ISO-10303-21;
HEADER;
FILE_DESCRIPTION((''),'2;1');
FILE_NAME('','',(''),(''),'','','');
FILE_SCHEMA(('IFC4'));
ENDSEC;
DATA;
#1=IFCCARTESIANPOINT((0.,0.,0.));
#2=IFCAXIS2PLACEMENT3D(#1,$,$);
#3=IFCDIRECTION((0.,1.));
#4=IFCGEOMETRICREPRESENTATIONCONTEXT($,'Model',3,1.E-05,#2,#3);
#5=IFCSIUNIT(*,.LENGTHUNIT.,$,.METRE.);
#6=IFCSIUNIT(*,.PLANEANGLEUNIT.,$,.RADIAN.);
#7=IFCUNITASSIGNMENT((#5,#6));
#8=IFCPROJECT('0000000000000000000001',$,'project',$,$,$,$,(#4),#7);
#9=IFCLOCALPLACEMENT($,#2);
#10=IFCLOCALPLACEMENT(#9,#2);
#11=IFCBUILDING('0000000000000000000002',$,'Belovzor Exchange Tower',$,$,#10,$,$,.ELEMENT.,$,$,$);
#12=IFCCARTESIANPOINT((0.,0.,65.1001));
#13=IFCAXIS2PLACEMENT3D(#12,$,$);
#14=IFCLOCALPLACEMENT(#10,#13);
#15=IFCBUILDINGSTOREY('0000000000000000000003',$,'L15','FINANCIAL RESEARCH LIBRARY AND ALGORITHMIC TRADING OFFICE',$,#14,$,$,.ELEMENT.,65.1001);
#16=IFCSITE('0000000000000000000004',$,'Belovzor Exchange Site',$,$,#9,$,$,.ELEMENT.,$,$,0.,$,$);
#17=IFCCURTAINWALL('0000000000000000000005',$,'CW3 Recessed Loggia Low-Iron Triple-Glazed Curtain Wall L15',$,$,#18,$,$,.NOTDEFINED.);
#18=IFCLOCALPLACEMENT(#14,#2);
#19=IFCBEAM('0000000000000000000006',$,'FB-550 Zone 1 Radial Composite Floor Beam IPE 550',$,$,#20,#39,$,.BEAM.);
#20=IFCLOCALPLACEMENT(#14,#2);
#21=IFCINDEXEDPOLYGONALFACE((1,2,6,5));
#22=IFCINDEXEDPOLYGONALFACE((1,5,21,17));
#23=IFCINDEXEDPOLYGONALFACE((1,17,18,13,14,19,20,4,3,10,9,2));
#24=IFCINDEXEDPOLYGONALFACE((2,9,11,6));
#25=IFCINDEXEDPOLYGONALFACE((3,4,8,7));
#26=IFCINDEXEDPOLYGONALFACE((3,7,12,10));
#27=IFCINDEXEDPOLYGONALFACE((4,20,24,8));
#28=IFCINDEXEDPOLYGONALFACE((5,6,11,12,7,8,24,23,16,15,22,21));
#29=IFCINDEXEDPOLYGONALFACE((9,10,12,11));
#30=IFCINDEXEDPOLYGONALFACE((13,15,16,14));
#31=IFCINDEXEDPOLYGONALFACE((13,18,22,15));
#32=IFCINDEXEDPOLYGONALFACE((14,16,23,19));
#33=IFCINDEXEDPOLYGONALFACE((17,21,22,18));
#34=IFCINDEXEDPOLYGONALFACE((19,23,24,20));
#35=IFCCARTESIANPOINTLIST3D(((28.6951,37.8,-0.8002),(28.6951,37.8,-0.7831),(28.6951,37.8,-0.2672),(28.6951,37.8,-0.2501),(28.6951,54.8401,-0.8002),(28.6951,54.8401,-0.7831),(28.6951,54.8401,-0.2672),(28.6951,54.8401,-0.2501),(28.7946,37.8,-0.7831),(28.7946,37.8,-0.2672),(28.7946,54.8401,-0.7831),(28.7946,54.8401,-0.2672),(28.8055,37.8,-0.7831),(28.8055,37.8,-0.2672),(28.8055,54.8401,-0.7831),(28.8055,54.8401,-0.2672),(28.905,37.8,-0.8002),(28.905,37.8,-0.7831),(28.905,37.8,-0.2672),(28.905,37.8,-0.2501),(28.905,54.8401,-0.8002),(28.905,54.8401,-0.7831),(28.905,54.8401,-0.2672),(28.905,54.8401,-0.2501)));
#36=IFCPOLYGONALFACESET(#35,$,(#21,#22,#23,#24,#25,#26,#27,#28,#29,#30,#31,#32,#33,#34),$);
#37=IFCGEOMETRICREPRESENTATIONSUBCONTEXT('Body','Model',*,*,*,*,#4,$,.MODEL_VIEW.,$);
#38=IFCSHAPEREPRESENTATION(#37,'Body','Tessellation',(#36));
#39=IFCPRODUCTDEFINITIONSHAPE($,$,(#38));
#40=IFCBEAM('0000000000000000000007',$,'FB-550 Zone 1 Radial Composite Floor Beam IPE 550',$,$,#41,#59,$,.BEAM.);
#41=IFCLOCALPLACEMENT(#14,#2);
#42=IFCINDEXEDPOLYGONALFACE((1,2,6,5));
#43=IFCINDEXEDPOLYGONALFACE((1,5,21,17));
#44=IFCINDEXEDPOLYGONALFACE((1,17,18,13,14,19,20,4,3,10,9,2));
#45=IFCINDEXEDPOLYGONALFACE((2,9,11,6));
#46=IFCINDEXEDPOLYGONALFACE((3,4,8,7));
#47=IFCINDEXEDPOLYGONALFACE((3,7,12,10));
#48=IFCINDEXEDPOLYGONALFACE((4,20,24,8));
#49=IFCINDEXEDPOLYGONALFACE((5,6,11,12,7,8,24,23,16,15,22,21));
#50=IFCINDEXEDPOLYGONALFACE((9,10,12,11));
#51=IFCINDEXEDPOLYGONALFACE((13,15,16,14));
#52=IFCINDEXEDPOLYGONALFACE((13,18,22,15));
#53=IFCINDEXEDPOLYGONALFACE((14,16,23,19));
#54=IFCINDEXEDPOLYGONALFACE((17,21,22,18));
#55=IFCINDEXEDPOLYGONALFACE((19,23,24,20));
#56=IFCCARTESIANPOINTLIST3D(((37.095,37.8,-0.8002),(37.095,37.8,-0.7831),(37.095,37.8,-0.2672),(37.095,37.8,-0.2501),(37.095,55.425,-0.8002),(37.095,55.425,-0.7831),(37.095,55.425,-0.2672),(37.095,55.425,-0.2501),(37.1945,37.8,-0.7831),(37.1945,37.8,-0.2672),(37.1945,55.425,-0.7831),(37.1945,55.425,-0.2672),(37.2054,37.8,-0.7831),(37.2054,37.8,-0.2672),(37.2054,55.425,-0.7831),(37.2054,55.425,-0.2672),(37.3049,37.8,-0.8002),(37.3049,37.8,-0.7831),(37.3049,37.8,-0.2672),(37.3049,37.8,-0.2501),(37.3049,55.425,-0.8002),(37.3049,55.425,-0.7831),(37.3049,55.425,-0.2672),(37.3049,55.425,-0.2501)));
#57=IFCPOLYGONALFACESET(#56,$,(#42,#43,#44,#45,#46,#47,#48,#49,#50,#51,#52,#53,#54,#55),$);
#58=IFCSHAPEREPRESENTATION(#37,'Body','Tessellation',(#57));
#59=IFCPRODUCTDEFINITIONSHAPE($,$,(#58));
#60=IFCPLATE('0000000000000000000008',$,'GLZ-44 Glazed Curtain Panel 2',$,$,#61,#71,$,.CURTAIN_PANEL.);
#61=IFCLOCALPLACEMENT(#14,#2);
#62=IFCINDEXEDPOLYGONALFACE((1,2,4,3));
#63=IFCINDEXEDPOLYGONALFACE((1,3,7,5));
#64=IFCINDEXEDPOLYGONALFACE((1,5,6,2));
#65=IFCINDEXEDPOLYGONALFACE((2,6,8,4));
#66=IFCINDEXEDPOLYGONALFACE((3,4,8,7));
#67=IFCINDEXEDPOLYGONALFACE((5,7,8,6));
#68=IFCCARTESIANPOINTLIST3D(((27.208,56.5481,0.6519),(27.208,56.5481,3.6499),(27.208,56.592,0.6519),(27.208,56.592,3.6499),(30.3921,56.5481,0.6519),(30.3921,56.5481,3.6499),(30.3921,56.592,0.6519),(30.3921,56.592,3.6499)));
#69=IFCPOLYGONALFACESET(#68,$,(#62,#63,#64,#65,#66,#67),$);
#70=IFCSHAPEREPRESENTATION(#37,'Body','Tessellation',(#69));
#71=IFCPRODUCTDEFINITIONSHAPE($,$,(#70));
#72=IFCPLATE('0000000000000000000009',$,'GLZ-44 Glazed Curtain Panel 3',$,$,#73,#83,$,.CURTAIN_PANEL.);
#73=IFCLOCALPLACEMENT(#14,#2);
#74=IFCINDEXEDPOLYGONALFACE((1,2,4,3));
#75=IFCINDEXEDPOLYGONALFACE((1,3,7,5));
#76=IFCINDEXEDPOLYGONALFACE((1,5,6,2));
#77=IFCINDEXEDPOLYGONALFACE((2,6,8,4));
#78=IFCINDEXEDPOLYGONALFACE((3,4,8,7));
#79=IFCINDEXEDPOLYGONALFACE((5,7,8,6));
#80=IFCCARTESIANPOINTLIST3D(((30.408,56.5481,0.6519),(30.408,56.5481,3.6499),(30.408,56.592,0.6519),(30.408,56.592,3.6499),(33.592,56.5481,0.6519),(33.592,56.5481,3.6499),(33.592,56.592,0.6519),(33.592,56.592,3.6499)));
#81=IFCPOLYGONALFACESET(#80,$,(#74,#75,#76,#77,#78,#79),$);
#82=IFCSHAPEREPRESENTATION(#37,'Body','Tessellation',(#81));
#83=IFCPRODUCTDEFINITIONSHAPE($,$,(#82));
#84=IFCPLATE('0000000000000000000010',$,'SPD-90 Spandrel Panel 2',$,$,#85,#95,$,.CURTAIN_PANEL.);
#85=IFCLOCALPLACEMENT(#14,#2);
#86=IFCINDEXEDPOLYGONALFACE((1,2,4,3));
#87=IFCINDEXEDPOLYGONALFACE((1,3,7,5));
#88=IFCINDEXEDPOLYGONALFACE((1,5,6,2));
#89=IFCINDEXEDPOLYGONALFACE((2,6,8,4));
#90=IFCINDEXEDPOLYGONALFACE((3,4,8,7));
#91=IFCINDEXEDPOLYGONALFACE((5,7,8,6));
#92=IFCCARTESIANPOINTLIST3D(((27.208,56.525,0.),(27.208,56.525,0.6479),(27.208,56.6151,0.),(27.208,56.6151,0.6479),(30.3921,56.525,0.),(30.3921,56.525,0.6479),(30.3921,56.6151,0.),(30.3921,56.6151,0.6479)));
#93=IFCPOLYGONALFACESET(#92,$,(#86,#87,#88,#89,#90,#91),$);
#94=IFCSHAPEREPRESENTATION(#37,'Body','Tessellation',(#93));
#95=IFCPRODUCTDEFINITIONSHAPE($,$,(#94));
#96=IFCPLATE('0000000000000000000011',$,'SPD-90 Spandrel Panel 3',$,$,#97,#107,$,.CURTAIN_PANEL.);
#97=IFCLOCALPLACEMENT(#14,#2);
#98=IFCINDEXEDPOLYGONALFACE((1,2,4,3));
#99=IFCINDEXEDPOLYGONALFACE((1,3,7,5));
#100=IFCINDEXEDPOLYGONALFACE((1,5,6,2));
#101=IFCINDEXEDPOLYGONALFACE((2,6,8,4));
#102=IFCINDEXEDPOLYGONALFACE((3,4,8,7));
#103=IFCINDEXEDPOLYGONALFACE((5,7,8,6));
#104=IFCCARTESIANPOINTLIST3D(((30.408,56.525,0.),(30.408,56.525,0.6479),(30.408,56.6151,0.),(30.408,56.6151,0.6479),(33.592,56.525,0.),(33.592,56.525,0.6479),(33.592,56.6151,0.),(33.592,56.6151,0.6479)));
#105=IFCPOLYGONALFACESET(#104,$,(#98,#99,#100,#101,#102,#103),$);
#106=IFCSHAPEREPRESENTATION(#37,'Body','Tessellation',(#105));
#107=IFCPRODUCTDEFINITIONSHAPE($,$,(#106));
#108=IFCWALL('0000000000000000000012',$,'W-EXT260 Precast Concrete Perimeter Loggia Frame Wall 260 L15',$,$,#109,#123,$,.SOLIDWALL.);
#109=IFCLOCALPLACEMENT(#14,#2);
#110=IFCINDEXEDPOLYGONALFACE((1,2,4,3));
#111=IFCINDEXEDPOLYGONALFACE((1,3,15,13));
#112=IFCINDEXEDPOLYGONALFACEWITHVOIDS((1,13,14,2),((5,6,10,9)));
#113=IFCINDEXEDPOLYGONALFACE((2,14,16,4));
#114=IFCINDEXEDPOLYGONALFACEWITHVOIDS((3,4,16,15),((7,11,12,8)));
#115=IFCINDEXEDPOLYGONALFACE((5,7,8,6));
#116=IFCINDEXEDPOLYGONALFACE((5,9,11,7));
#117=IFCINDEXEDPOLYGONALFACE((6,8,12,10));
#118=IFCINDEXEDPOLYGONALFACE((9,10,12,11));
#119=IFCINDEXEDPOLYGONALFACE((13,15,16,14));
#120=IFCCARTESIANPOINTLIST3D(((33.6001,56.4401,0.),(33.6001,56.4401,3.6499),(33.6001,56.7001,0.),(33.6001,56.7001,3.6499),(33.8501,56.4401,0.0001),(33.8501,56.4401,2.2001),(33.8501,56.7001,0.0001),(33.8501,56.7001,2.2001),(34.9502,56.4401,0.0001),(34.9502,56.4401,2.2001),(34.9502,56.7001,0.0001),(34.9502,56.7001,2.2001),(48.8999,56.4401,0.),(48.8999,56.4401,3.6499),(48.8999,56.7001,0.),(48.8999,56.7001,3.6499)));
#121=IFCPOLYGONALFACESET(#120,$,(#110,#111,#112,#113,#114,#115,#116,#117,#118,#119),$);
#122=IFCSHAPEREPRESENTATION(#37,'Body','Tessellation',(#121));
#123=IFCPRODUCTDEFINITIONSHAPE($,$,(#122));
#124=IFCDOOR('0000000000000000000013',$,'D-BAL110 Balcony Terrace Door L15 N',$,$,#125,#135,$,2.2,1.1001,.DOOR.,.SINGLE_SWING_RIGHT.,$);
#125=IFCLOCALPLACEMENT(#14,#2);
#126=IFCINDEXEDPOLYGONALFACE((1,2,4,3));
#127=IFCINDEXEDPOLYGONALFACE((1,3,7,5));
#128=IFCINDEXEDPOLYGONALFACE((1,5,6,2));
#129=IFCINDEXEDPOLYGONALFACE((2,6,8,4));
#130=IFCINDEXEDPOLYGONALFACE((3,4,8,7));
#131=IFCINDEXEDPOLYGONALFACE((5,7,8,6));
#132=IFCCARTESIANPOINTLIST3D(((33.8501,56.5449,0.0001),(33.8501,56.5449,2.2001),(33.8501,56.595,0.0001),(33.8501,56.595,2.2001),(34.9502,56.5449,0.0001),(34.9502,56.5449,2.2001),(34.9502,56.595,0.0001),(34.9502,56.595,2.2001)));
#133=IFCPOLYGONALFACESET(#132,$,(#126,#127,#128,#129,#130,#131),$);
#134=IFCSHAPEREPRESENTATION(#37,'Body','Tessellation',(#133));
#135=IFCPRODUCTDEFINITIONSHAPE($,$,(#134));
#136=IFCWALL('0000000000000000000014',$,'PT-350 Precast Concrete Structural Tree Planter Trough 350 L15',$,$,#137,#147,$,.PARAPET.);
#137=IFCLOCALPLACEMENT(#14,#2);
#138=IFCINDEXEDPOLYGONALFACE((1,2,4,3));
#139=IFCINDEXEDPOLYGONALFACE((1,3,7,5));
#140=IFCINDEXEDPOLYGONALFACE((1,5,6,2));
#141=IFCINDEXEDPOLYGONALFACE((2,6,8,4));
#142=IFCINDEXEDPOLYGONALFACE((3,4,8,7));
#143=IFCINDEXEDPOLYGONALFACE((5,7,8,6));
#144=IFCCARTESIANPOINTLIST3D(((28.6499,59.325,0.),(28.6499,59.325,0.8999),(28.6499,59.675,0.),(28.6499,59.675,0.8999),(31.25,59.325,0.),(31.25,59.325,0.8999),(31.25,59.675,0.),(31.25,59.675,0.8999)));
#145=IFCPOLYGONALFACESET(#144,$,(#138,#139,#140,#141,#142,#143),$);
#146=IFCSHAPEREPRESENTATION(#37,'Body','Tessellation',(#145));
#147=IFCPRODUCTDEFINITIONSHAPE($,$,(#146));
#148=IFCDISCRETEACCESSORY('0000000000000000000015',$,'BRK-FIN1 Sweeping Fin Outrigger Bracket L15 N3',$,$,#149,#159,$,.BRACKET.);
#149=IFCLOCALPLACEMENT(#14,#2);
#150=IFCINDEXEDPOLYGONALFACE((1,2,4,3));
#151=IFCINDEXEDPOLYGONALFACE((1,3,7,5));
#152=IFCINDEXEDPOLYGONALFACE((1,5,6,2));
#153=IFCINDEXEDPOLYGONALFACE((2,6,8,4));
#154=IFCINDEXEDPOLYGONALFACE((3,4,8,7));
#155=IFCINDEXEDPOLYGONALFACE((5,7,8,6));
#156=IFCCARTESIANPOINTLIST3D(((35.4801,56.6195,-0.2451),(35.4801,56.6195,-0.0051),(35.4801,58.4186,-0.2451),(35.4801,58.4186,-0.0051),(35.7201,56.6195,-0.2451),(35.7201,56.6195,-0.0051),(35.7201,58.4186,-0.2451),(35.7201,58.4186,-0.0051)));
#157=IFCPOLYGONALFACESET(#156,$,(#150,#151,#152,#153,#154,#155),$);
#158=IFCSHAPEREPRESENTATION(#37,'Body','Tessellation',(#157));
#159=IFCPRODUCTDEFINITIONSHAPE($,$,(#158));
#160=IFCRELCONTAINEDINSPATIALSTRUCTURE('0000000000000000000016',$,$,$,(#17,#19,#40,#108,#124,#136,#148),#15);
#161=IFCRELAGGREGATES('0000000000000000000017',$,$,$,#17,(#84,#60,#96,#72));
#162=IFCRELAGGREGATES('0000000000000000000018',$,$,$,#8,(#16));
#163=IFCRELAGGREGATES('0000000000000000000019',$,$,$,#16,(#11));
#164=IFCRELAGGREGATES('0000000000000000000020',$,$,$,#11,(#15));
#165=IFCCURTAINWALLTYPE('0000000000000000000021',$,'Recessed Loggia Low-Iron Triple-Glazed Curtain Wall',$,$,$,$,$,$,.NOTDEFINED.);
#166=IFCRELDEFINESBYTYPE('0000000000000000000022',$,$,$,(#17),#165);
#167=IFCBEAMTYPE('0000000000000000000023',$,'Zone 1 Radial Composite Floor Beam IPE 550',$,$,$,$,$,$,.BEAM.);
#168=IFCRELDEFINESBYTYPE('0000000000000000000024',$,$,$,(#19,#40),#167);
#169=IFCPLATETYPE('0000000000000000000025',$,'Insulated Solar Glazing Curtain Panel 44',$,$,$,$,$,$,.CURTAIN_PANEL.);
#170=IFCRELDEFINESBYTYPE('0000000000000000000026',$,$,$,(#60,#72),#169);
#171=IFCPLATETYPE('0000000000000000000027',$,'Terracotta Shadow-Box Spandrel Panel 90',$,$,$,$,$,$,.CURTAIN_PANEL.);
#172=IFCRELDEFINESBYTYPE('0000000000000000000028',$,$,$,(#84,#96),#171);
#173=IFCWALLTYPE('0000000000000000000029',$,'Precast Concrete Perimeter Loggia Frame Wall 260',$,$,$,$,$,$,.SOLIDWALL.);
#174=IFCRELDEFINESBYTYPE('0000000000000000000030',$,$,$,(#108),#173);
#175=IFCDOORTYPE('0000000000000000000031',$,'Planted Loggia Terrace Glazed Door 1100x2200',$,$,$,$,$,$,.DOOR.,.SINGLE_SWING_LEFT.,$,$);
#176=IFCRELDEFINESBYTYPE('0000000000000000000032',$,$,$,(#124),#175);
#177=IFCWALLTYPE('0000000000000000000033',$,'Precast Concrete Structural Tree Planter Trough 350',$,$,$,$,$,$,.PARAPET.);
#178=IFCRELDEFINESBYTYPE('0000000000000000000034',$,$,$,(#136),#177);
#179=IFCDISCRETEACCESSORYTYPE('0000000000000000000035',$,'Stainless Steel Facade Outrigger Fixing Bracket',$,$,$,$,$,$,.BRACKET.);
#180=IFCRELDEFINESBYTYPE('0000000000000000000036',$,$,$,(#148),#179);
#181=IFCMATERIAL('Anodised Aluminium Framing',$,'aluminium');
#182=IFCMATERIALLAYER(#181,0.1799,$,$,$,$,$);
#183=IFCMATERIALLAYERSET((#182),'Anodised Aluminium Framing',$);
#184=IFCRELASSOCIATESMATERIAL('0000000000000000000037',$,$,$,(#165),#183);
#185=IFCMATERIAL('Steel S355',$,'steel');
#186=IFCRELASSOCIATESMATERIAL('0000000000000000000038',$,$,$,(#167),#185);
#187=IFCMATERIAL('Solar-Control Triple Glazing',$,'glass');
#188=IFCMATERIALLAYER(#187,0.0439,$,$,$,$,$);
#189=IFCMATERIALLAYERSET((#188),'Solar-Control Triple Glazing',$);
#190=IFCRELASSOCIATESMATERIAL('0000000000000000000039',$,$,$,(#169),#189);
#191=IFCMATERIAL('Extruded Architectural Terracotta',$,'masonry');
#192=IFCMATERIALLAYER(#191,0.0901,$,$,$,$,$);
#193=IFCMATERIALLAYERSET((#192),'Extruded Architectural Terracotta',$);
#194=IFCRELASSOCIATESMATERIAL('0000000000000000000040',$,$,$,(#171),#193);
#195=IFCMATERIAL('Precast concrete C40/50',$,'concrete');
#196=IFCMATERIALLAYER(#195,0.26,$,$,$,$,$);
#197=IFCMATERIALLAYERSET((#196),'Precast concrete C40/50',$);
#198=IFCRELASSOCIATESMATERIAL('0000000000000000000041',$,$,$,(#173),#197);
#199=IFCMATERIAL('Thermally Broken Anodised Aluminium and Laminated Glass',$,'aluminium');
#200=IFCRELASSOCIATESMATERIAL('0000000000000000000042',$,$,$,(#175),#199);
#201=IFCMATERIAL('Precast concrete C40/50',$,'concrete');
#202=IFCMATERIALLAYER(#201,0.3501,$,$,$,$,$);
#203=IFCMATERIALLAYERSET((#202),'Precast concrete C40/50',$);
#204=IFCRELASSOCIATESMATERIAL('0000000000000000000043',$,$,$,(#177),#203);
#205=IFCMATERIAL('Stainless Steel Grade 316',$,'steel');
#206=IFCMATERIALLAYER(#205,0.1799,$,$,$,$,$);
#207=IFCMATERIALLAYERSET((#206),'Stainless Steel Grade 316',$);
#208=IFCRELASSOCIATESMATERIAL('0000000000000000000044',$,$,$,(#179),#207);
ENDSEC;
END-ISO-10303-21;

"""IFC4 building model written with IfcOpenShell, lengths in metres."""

from ifc_helpers import new_model, si_unit, direction, frame, frame_2d, origin, origin_2d, place, context, subcontext, project, spatial, rectangle, i_section, extrude, material, layer, layer_set, material_profile, profile_set, type_object, element, fill, aggregate, save


model = new_model("IFC4")

# Units and contexts
model_context = context("Model", 3, precision=1e-05, world=origin(), true_north=direction((0.0, 1.0)))
body_context = subcontext(model_context, "Body", "Model", "MODEL_VIEW")
ifc_project = project(units=[si_unit("LENGTHUNIT", "METRE"), si_unit("PLANEANGLEUNIT", "RADIAN")], contexts=[model_context])

# Site, building, storey
site_placement = place(None, origin())
site = spatial("IfcSite", under=ifc_project, at=site_placement, Name="Belovzor Exchange Site", CompositionType="ELEMENT", RefElevation=0.0)
building_placement = place(site_placement, origin())
building = spatial("IfcBuilding", under=site, at=building_placement, Name="Belovzor Exchange Tower", CompositionType="ELEMENT")
storey_placement = place(building_placement, frame((0.0, 0.0, 65.1001)))
storey = spatial("IfcBuildingStorey", under=building, at=storey_placement, Name="L15", Description="FINANCIAL RESEARCH LIBRARY AND ALGORITHMIC TRADING OFFICE", CompositionType="ELEMENT", Elevation=65.1001)

# Curtain wall
ifc_material_1 = material(Name="Anodised Aluminium Framing", Category="aluminium")
ifc_layer_1 = layer(ifc_material_1, 0.1799)
ifc_layer_set_1 = layer_set([ifc_layer_1], Name="Anodised Aluminium Framing")
curtain_wall_type = type_object("IfcCurtainWallType", Name="Recessed Loggia Low-Iron Triple-Glazed Curtain Wall", PredefinedType="NOTDEFINED", material=ifc_layer_set_1)
curtain_wall_placement = place(storey_placement, origin())
curtain_wall = element("IfcCurtainWall", 1, at=curtain_wall_placement, inside=storey, type_object=curtain_wall_type, Name="CW3 Recessed Loggia Low-Iron Triple-Glazed Curtain Wall L15", PredefinedType="NOTDEFINED")

# Beams
ifc_material_2 = material(Name="Steel S355", Category="steel")
ifc_material_profile_1 = material_profile(ifc_material_2, i_section(OverallWidth=0.21, OverallDepth=0.55, WebThickness=0.011, FlangeThickness=0.0171, at=origin_2d()))
ifc_profile_set_1 = profile_set([ifc_material_profile_1], Name="Steel S355")
beam_type_1 = type_object("IfcBeamType", Name="Zone 1 Radial Composite Floor Beam IPE 550", PredefinedType="BEAM", material=ifc_profile_set_1)
beam_1_placement = place(storey_placement, frame((28.8, 37.8, -0.5251), z_axis=(0.0, 1.0, 0.0), x_axis=(-1.0, 0.0, 0.0)))
element("IfcBeam", 2, at=beam_1_placement, inside=storey, type_object=beam_type_1, Name="FB-550 Zone 1 Radial Composite Floor Beam IPE 550", PredefinedType="BEAM", context=body_context, shape_type="SweptSolid", body=[
    extrude(i_section(OverallWidth=0.21, OverallDepth=0.55, WebThickness=0.011, FlangeThickness=0.0171, at=origin_2d()), origin(), (0.0, 0.0, 1.0), 17.04),
])
beam_2_placement = place(storey_placement, frame((37.2, 37.8, -0.5251), z_axis=(0.0, 1.0, 0.0), x_axis=(-1.0, 0.0, 0.0)))
element("IfcBeam", 3, at=beam_2_placement, inside=storey, type_object=beam_type_1, Name="FB-550 Zone 1 Radial Composite Floor Beam IPE 550", PredefinedType="BEAM", context=body_context, shape_type="SweptSolid", body=[
    extrude(i_section(OverallWidth=0.21, OverallDepth=0.55, WebThickness=0.011, FlangeThickness=0.0171, at=origin_2d()), origin(), (0.0, 0.0, 1.0), 17.625),
])

# Plates
ifc_material_3 = material(Name="Solar-Control Triple Glazing", Category="glass")
ifc_layer_2 = layer(ifc_material_3, 0.0439)
ifc_layer_set_2 = layer_set([ifc_layer_2], Name="Solar-Control Triple Glazing")
plate_type_1 = type_object("IfcPlateType", Name="Insulated Solar Glazing Curtain Panel 44", PredefinedType="CURTAIN_PANEL", material=ifc_layer_set_2)
plate_1_placement = place(storey_placement, frame((28.8, 56.5701, 0.6519), z_axis=(0.0, 0.0, 1.0), x_axis=(1.0, 0.0, 0.0)))
plate_1 = element("IfcPlate", 4, at=plate_1_placement, type_object=plate_type_1, Name="GLZ-44 Glazed Curtain Panel 2", PredefinedType="CURTAIN_PANEL", context=body_context, shape_type="SweptSolid", body=[
    extrude(rectangle(XDim=3.1841, YDim=0.0439, at=origin_2d()), origin(), (0.0, 0.0, 1.0), 2.998),
])
plate_2_placement = place(storey_placement, frame((32.0, 56.5701, 0.6519), z_axis=(0.0, 0.0, 1.0), x_axis=(1.0, 0.0, 0.0)))
plate_2 = element("IfcPlate", 5, at=plate_2_placement, type_object=plate_type_1, Name="GLZ-44 Glazed Curtain Panel 3", PredefinedType="CURTAIN_PANEL", context=body_context, shape_type="SweptSolid", body=[
    extrude(rectangle(XDim=3.1841, YDim=0.0439, at=origin_2d()), origin(), (0.0, 0.0, 1.0), 2.998),
])
ifc_material_4 = material(Name="Extruded Architectural Terracotta", Category="masonry")
ifc_layer_3 = layer(ifc_material_4, 0.0901)
ifc_layer_set_3 = layer_set([ifc_layer_3], Name="Extruded Architectural Terracotta")
plate_type_2 = type_object("IfcPlateType", Name="Terracotta Shadow-Box Spandrel Panel 90", PredefinedType="CURTAIN_PANEL", material=ifc_layer_set_3)
plate_3_placement = place(storey_placement, frame((28.8, 56.5701, 0.0), z_axis=(0.0, 0.0, 1.0), x_axis=(1.0, 0.0, 0.0)))
plate_3 = element("IfcPlate", 6, at=plate_3_placement, type_object=plate_type_2, Name="SPD-90 Spandrel Panel 2", PredefinedType="CURTAIN_PANEL", context=body_context, shape_type="SweptSolid", body=[
    extrude(rectangle(XDim=3.1841, YDim=0.0901, at=origin_2d()), origin(), (0.0, 0.0, 1.0), 0.6479),
])
plate_4_placement = place(storey_placement, frame((32.0, 56.5701, 0.0), z_axis=(0.0, 0.0, 1.0), x_axis=(1.0, 0.0, 0.0)))
plate_4 = element("IfcPlate", 7, at=plate_4_placement, type_object=plate_type_2, Name="SPD-90 Spandrel Panel 3", PredefinedType="CURTAIN_PANEL", context=body_context, shape_type="SweptSolid", body=[
    extrude(rectangle(XDim=3.1841, YDim=0.0901, at=origin_2d()), origin(), (0.0, 0.0, 1.0), 0.6479),
])
aggregate(curtain_wall, [plate_3, plate_1, plate_4, plate_2])

# Wall, opening, door
ifc_material_5 = material(Name="Precast concrete C40/50", Category="concrete")
ifc_layer_4 = layer(ifc_material_5, 0.26)
ifc_layer_set_4 = layer_set([ifc_layer_4], Name="Precast concrete C40/50")
wall_type_1 = type_object("IfcWallType", Name="Precast Concrete Perimeter Loggia Frame Wall 260", PredefinedType="SOLIDWALL", material=ifc_layer_set_4)
wall_1_placement = place(storey_placement, frame((33.6001, 56.5701, 0.0), z_axis=(0.0, 0.0, 1.0), x_axis=(1.0, 0.0, 0.0)))
wall_1 = element("IfcWall", 8, at=wall_1_placement, inside=storey, type_object=wall_type_1, Name="W-EXT260 Precast Concrete Perimeter Loggia Frame Wall 260 L15", PredefinedType="SOLIDWALL", context=body_context, shape_type="SweptSolid", body=[
    extrude(rectangle(XDim=15.2998, YDim=0.26, at=frame_2d((7.6499, 0.0))), origin(), (0.0, 0.0, 1.0), 3.6499),
])
opening_placement = place(wall_1_placement, frame((0.25, 0.0, 0.0)))
opening = element("IfcOpeningElement", 9, at=opening_placement, cuts=wall_1, PredefinedType="OPENING", context=body_context, shape_type="SweptSolid", body=[
    extrude(rectangle(XDim=1.1001, YDim=2.2, at=frame_2d((0.55, 1.1001))), frame((0.0, 0.1399, 0.0), z_axis=(0.0, -1.0, 0.0), x_axis=(1.0, 0.0, 0.0)), (0.0, 0.0, 1.0), 0.28),
])
ifc_material_6 = material(Name="Thermally Broken Anodised Aluminium and Laminated Glass", Category="aluminium")
door_type = type_object("IfcDoorType", Name="Planted Loggia Terrace Glazed Door 1100x2200", OperationType="SINGLE_SWING_LEFT", PredefinedType="DOOR", material=ifc_material_6)
door_placement = place(opening_placement, origin())
door = element("IfcDoor", 10, at=door_placement, inside=storey, type_object=door_type, Name="D-BAL110 Balcony Terrace Door L15 N", OperationType="SINGLE_SWING_RIGHT", OverallHeight=2.2, OverallWidth=1.1001, PredefinedType="DOOR", context=body_context, shape_type="SweptSolid", body=[
    extrude(rectangle(XDim=1.1001, YDim=2.2, at=frame_2d((0.55, 1.1001))), frame((0.0, 0.0249, 0.0), z_axis=(0.0, -1.0, 0.0), x_axis=(1.0, 0.0, 0.0)), (0.0, 0.0, 1.0), 0.05),
])
fill(opening, door)

# Wall
ifc_material_7 = material(Name="Precast concrete C40/50", Category="concrete")
ifc_layer_5 = layer(ifc_material_7, 0.3501)
ifc_layer_set_5 = layer_set([ifc_layer_5], Name="Precast concrete C40/50")
wall_type_2 = type_object("IfcWallType", Name="Precast Concrete Structural Tree Planter Trough 350", PredefinedType="PARAPET", material=ifc_layer_set_5)
wall_2_placement = place(storey_placement, frame((28.6499, 59.5, 0.0), z_axis=(0.0, 0.0, 1.0), x_axis=(1.0, 0.0, 0.0)))
element("IfcWall", 11, at=wall_2_placement, inside=storey, type_object=wall_type_2, Name="PT-350 Precast Concrete Structural Tree Planter Trough 350 L15", PredefinedType="PARAPET", context=body_context, shape_type="SweptSolid", body=[
    extrude(rectangle(XDim=2.6001, YDim=0.3501, at=frame_2d((1.3, 0.0))), origin(), (0.0, 0.0, 1.0), 0.8999),
])

# Discrete accessory
ifc_material_8 = material(Name="Stainless Steel Grade 316", Category="steel")
ifc_layer_6 = layer(ifc_material_8, 0.1799)
ifc_layer_set_6 = layer_set([ifc_layer_6], Name="Stainless Steel Grade 316")
discrete_accessory_type = type_object("IfcDiscreteAccessoryType", Name="Stainless Steel Facade Outrigger Fixing Bracket", PredefinedType="BRACKET", material=ifc_layer_set_6)
discrete_accessory_placement = place(storey_placement, frame((35.6001, 57.519, -0.2451), z_axis=(0.0, 0.0, 1.0), x_axis=(0.0, 1.0, 0.0)))
element("IfcDiscreteAccessory", 12, at=discrete_accessory_placement, inside=storey, type_object=discrete_accessory_type, Name="BRK-FIN1 Sweeping Fin Outrigger Bracket L15 N3", PredefinedType="BRACKET", context=body_context, shape_type="SweptSolid", body=[
    extrude(rectangle(XDim=1.7991, YDim=0.24, at=origin_2d()), origin(), (0.0, 0.0, 1.0), 0.24),
])

save(model, "model.ifc")
